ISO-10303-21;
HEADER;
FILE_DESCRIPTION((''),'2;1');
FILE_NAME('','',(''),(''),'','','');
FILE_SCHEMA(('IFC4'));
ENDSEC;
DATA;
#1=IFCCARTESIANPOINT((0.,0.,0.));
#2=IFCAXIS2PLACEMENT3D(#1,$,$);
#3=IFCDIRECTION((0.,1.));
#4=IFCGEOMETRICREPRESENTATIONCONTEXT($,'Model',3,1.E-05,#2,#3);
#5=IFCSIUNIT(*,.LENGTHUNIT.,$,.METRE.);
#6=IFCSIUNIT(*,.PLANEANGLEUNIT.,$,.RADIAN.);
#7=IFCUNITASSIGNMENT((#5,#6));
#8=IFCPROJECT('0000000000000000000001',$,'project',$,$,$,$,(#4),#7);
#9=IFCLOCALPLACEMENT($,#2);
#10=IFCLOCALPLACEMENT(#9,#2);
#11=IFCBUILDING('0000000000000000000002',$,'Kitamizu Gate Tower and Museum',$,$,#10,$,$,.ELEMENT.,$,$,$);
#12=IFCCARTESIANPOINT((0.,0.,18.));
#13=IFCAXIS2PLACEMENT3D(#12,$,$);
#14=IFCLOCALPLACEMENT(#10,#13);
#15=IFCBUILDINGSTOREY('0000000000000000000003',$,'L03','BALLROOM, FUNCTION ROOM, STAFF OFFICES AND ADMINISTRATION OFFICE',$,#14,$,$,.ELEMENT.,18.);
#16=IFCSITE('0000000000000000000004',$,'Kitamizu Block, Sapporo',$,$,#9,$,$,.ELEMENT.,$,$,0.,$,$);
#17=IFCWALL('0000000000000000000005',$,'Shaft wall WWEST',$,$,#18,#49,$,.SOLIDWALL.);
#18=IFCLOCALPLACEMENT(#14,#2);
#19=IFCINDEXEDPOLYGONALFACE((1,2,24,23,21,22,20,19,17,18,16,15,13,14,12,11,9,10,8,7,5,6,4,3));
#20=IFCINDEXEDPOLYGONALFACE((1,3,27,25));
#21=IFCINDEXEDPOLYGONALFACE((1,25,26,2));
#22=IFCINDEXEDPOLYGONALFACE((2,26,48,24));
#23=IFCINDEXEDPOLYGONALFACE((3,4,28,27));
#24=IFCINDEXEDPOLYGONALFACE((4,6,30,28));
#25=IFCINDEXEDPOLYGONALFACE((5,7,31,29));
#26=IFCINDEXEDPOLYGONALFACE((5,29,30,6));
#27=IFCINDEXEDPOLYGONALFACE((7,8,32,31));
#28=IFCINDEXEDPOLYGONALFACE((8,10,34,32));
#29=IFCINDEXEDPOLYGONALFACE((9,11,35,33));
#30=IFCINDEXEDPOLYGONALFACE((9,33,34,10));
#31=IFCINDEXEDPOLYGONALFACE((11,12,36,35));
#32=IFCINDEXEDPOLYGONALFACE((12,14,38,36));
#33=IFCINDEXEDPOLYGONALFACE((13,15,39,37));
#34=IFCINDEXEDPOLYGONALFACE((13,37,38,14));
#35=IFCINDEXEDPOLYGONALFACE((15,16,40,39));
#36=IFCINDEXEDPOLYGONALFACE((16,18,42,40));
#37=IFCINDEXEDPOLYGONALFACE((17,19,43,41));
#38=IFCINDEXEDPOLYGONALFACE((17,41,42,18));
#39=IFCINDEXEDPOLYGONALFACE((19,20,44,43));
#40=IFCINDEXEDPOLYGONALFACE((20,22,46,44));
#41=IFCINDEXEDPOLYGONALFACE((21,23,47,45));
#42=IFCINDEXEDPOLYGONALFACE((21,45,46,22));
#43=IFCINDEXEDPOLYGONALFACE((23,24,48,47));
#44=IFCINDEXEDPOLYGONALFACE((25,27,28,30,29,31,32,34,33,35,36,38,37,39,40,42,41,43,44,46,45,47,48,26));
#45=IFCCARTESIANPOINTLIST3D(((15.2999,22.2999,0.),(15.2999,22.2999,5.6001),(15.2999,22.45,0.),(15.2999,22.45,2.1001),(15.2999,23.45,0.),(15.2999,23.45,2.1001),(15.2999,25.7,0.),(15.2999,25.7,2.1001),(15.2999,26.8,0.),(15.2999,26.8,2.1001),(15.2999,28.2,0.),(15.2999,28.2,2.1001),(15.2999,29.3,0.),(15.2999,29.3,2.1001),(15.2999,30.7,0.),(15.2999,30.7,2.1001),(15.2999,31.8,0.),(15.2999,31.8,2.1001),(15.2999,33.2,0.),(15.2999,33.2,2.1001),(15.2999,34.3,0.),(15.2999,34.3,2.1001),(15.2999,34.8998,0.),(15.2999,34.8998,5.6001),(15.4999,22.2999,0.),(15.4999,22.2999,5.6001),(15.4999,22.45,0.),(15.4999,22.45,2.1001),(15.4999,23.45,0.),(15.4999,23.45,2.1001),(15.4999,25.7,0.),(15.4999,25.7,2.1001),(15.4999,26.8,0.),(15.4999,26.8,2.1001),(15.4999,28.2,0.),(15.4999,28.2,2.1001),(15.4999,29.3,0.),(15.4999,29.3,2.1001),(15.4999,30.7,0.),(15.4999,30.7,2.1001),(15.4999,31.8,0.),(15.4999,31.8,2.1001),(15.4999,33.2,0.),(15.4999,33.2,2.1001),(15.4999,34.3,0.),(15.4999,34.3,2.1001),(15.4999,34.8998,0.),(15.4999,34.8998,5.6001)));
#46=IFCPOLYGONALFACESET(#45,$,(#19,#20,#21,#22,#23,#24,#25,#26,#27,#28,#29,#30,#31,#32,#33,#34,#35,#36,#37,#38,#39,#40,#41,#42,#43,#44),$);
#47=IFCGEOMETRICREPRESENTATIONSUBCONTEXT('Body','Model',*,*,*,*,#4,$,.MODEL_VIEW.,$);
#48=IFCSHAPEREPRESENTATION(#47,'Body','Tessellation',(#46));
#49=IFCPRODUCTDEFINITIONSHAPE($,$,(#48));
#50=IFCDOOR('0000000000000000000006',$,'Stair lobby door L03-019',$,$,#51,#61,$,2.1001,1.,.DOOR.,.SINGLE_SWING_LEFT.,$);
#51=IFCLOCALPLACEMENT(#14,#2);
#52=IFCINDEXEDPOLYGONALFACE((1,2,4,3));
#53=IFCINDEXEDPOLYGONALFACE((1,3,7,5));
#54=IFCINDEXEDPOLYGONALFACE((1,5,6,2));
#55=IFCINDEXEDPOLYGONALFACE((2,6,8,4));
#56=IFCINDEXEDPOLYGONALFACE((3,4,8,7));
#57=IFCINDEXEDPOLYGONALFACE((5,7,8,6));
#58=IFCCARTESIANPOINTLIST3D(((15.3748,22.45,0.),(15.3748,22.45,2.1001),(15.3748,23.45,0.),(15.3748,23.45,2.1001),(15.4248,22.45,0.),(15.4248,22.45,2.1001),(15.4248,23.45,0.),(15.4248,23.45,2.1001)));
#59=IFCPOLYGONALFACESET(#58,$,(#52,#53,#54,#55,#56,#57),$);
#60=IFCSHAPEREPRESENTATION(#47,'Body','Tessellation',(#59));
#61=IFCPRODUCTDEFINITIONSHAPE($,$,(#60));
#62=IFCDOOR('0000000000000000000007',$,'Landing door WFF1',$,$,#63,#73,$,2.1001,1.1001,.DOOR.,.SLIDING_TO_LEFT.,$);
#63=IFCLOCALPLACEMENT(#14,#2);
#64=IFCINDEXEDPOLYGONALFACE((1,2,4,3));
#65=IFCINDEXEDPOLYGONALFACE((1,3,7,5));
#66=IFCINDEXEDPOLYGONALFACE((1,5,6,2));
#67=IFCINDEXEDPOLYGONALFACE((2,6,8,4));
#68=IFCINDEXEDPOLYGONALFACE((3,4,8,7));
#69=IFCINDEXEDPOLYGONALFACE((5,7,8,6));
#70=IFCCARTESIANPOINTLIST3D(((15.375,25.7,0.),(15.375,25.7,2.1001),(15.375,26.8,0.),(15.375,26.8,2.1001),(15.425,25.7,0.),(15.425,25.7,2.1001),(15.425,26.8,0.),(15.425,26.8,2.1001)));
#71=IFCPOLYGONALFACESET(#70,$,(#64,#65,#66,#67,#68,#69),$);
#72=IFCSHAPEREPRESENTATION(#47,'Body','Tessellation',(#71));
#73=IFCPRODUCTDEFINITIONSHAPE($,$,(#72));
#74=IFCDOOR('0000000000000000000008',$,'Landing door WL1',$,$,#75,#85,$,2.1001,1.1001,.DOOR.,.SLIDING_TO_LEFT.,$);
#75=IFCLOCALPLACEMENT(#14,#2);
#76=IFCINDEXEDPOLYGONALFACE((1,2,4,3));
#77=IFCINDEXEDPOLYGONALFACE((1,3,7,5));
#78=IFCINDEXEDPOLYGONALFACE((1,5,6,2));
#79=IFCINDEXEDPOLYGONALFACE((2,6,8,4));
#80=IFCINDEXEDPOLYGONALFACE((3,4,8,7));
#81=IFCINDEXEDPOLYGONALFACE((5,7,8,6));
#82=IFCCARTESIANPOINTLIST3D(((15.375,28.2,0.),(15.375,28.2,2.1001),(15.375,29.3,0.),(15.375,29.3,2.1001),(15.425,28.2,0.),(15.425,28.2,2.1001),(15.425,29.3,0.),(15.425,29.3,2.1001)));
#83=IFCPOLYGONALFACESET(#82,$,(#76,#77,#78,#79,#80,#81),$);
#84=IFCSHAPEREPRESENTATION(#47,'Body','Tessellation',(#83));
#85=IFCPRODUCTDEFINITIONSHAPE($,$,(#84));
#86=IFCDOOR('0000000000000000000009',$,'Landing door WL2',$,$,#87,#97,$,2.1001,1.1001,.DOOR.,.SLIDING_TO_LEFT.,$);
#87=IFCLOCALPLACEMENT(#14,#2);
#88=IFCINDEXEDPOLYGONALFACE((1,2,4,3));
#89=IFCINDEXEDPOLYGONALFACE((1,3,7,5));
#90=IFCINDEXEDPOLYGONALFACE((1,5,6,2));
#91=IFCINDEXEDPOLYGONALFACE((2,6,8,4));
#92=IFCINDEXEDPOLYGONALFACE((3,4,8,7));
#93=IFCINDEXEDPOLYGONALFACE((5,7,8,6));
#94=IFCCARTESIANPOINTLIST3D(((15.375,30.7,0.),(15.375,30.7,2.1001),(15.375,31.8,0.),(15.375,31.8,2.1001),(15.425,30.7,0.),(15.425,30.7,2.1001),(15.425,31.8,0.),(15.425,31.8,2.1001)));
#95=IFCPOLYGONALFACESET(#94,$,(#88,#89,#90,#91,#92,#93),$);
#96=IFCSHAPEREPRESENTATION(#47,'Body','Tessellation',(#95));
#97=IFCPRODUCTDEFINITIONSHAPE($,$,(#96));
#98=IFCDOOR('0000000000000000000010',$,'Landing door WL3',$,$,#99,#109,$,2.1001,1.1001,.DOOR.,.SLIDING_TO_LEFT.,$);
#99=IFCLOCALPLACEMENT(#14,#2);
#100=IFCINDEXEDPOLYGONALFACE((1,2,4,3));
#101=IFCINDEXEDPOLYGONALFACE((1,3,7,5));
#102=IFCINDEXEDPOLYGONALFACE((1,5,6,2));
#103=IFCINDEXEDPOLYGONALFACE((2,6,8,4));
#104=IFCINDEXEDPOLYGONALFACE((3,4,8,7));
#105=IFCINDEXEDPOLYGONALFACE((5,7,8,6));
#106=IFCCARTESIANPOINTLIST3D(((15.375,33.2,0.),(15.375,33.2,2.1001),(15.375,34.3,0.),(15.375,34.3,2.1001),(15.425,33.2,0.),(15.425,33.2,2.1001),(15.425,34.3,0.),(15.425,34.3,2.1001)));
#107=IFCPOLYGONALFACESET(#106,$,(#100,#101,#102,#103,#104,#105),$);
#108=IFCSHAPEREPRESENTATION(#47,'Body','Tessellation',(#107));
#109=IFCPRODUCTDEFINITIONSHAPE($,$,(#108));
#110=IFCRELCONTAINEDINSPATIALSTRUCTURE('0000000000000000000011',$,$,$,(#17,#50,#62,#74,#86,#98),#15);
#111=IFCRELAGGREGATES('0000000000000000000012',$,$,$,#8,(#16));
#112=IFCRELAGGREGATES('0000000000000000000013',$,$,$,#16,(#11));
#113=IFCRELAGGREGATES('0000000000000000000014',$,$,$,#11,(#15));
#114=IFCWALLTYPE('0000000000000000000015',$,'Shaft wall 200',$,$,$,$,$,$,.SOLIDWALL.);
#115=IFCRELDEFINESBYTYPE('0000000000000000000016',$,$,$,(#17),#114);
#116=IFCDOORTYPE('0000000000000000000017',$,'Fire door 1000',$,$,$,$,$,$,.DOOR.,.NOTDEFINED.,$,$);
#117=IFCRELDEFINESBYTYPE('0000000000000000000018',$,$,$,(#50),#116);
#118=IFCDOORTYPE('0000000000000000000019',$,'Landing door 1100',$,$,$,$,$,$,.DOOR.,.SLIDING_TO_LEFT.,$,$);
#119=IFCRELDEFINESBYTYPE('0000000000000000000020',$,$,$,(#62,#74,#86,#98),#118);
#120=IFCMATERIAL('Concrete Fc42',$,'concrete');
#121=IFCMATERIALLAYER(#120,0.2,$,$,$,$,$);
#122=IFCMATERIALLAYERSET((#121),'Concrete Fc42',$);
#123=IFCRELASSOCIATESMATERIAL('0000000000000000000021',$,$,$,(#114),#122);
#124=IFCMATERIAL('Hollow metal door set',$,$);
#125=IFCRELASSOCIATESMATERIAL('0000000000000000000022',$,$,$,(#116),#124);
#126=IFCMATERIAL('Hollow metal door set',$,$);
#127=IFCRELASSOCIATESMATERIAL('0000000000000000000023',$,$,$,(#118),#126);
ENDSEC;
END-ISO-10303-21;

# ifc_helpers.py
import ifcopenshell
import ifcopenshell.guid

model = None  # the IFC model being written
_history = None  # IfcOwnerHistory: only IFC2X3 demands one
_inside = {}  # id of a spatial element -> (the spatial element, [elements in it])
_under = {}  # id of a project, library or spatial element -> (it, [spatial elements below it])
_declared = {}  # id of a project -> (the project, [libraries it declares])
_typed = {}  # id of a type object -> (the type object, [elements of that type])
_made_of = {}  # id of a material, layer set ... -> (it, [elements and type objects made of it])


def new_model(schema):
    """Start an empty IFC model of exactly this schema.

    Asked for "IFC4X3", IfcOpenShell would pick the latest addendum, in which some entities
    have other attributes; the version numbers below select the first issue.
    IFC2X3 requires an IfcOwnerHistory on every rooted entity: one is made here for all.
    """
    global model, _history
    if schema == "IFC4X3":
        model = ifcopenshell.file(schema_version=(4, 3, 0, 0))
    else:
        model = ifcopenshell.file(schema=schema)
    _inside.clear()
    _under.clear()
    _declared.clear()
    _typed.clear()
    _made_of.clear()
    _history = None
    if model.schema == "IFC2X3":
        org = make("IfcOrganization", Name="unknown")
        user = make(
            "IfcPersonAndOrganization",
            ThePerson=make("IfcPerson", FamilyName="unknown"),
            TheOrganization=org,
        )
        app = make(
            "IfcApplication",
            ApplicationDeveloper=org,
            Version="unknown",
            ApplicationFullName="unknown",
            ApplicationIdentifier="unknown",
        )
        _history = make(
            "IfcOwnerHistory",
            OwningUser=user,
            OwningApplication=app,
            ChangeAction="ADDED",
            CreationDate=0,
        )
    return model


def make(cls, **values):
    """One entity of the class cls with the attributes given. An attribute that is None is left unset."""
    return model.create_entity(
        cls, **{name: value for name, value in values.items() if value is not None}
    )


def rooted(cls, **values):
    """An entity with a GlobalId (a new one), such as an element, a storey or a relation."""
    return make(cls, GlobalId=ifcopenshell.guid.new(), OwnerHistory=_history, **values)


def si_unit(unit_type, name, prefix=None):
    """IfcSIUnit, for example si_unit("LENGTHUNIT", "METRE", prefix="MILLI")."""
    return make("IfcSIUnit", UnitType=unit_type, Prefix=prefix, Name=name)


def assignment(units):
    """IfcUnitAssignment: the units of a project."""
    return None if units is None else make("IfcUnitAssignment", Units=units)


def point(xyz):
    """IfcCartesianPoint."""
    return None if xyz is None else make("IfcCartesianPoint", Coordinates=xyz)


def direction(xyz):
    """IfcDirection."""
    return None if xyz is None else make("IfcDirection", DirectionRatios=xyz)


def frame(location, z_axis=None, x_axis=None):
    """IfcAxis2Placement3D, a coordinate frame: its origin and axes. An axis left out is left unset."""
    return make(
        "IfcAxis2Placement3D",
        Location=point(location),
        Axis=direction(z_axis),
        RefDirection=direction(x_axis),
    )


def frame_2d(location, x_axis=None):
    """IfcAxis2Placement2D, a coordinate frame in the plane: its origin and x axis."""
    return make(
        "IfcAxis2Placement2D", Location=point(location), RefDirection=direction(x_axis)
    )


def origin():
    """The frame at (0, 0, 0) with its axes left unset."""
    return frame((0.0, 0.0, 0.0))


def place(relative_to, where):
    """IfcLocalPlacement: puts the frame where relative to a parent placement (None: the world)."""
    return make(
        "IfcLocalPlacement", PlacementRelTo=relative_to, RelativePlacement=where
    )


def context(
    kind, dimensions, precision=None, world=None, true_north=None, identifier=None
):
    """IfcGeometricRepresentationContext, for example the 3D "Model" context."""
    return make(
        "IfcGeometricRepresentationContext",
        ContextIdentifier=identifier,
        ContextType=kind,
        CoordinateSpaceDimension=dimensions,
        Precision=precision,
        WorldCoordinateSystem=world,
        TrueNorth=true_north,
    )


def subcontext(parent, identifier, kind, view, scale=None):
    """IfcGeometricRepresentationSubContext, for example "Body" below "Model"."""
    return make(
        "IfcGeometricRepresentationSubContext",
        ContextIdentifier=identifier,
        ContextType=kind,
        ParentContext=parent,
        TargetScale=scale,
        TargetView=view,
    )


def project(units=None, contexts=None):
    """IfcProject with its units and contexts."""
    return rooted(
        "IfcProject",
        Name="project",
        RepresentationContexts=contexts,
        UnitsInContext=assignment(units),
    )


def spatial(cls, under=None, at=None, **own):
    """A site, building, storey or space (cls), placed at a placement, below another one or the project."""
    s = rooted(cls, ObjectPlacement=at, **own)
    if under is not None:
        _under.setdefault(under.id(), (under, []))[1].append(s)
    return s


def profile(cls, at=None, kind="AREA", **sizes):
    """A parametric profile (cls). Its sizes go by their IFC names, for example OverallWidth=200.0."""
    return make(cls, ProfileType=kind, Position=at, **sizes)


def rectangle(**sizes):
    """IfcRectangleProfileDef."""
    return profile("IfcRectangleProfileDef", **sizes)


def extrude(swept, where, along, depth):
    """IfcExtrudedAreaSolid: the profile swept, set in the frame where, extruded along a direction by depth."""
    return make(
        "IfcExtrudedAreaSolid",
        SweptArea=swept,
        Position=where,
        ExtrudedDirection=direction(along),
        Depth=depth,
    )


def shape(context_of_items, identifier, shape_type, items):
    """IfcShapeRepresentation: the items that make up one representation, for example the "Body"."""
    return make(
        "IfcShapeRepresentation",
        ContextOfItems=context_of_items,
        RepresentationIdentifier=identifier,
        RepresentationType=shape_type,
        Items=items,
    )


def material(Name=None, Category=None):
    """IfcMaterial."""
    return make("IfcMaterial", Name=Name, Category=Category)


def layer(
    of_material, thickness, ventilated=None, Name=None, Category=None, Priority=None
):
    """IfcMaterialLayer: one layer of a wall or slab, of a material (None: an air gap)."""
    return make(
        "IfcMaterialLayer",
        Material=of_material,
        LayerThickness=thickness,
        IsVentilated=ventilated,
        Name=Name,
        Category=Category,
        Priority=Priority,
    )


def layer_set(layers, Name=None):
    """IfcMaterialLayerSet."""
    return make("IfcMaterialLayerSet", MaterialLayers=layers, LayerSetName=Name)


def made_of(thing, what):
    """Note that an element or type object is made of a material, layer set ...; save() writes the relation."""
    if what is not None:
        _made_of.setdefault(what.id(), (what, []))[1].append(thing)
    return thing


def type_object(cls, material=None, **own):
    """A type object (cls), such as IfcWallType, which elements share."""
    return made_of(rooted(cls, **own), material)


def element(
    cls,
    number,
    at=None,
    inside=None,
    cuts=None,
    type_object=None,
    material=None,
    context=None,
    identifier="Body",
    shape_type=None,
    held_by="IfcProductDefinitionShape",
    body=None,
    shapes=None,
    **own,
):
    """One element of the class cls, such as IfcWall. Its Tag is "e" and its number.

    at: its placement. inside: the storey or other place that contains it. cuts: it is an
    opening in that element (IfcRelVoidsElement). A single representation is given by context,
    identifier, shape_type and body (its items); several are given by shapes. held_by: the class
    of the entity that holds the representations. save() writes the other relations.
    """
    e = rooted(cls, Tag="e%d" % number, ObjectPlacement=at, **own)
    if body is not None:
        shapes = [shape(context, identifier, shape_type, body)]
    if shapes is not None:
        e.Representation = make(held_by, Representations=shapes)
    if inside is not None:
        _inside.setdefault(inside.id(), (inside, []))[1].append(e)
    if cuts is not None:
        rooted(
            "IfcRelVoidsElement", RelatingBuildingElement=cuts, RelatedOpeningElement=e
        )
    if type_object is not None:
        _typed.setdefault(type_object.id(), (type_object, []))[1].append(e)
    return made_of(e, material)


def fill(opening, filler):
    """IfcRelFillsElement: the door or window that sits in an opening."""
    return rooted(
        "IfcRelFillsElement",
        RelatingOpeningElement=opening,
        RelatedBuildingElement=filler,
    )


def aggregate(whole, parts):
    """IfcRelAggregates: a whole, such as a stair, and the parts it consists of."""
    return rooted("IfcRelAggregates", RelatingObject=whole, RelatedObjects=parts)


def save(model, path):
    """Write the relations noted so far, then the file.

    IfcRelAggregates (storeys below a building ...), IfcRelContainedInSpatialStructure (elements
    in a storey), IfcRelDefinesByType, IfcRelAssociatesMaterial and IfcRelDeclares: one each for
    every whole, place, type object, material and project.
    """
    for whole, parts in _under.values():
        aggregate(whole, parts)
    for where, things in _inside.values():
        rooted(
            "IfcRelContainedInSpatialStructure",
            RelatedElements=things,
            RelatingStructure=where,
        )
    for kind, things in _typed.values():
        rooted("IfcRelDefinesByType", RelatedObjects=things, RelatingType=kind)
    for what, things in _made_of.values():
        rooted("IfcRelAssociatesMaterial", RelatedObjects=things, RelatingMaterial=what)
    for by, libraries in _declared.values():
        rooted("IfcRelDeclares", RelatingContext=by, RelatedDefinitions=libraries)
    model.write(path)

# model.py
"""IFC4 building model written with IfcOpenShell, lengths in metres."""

from ifc_helpers import new_model, si_unit, direction, frame, frame_2d, origin, place, context, subcontext, project, spatial, rectangle, extrude, material, layer, layer_set, type_object, element, fill, save


model = new_model("IFC4")

# Units and contexts
model_context = context("Model", 3, precision=1e-05, world=origin(), true_north=direction((0.0, 1.0)))
body_context = subcontext(model_context, "Body", "Model", "MODEL_VIEW")
ifc_project = project(units=[si_unit("LENGTHUNIT", "METRE"), si_unit("PLANEANGLEUNIT", "RADIAN")], contexts=[model_context])

# Site, building, storey
site_placement = place(None, origin())
site = spatial("IfcSite", under=ifc_project, at=site_placement, Name="Kitamizu Block, Sapporo", CompositionType="ELEMENT", RefElevation=0.0)
building_placement = place(site_placement, origin())
building = spatial("IfcBuilding", under=site, at=building_placement, Name="Kitamizu Gate Tower and Museum", CompositionType="ELEMENT")
storey_placement = place(building_placement, frame((0.0, 0.0, 18.0)))
storey = spatial("IfcBuildingStorey", under=building, at=storey_placement, Name="L03", Description="BALLROOM, FUNCTION ROOM, STAFF OFFICES AND ADMINISTRATION OFFICE", CompositionType="ELEMENT", Elevation=18.0)

# Wall, openings, doors
ifc_material_1 = material(Name="Concrete Fc42", Category="concrete")
ifc_layer_1 = layer(ifc_material_1, 0.2)
ifc_layer_set_1 = layer_set([ifc_layer_1], Name="Concrete Fc42")
wall_type_1 = type_object("IfcWallType", Name="Shaft wall 200", PredefinedType="SOLIDWALL", material=ifc_layer_set_1)
wall_1_placement = place(storey_placement, frame((15.3999, 22.3, 0.0), z_axis=(0.0, 0.0, 1.0), x_axis=(0.0, 1.0, 0.0)))
wall_1 = element("IfcWall", 1, at=wall_1_placement, inside=storey, type_object=wall_type_1, Name="Shaft wall WWEST", PredefinedType="SOLIDWALL", context=body_context, shape_type="SweptSolid", body=[
    extrude(rectangle(XDim=12.5999, YDim=0.2, at=frame_2d((6.2998, 0.0))), origin(), (0.0, 0.0, 1.0), 5.6001),
])
opening_1_placement = place(wall_1_placement, frame((3.3999, 0.0, 0.0)))
opening_1 = element("IfcOpeningElement", 2, at=opening_1_placement, cuts=wall_1, PredefinedType="OPENING", context=body_context, shape_type="SweptSolid", body=[
    extrude(rectangle(XDim=1.1001, YDim=2.1001, at=frame_2d((0.55, 1.05))), frame((0.0, 0.1099, 0.0), z_axis=(0.0, -1.0, 0.0), x_axis=(1.0, 0.0, 0.0)), (0.0, 0.0, 1.0), 0.22),
])
opening_2_placement = place(wall_1_placement, frame((5.8999, 0.0, 0.0)))
opening_2 = element("IfcOpeningElement", 3, at=opening_2_placement, cuts=wall_1, PredefinedType="OPENING", context=body_context, shape_type="SweptSolid", body=[
    extrude(rectangle(XDim=1.1001, YDim=2.1001, at=frame_2d((0.55, 1.05))), frame((0.0, 0.1099, 0.0), z_axis=(0.0, -1.0, 0.0), x_axis=(1.0, 0.0, 0.0)), (0.0, 0.0, 1.0), 0.22),
])
opening_3_placement = place(wall_1_placement, frame((8.3999, 0.0, 0.0)))
opening_3 = element("IfcOpeningElement", 4, at=opening_3_placement, cuts=wall_1, PredefinedType="OPENING", context=body_context, shape_type="SweptSolid", body=[
    extrude(rectangle(XDim=1.1001, YDim=2.1001, at=frame_2d((0.55, 1.05))), frame((0.0, 0.1099, 0.0), z_axis=(0.0, -1.0, 0.0), x_axis=(1.0, 0.0, 0.0)), (0.0, 0.0, 1.0), 0.22),
])
opening_4_placement = place(wall_1_placement, frame((10.8999, 0.0, 0.0)))
opening_4 = element("IfcOpeningElement", 5, at=opening_4_placement, cuts=wall_1, PredefinedType="OPENING", context=body_context, shape_type="SweptSolid", body=[
    extrude(rectangle(XDim=1.1001, YDim=2.1001, at=frame_2d((0.55, 1.05))), frame((0.0, 0.1099, 0.0), z_axis=(0.0, -1.0, 0.0), x_axis=(1.0, 0.0, 0.0)), (0.0, 0.0, 1.0), 0.22),
])
opening_5_placement = place(wall_1_placement, frame((0.1499, 0.0, 0.0)))
opening_5 = element("IfcOpeningElement", 6, at=opening_5_placement, cuts=wall_1, PredefinedType="OPENING", context=body_context, shape_type="SweptSolid", body=[
    extrude(rectangle(XDim=1.0, YDim=2.1001, at=frame_2d((0.5, 1.05))), frame((0.0, 0.1099, 0.0), z_axis=(0.0, -1.0, 0.0), x_axis=(1.0, 0.0, 0.0)), (0.0, 0.0, 1.0), 0.22),
])
ifc_material_2 = material(Name="Hollow metal door set")
door_type_1 = type_object("IfcDoorType", Name="Fire door 1000", OperationType="NOTDEFINED", PredefinedType="DOOR", material=ifc_material_2)
door_1_placement = place(opening_5_placement, frame((1.0, 0.0, 0.0), x_axis=(-1.0, 0.0, 0.0)))
door_1 = element("IfcDoor", 7, at=door_1_placement, inside=storey, type_object=door_type_1, Name="Stair lobby door L03-019", OperationType="SINGLE_SWING_LEFT", OverallHeight=2.1001, OverallWidth=1.0, PredefinedType="DOOR", context=body_context, shape_type="SweptSolid", body=[
    extrude(rectangle(XDim=1.0, YDim=2.1001, at=frame_2d((0.5, 1.05))), frame((0.0, 0.0249, 0.0), z_axis=(0.0, -1.0, 0.0), x_axis=(1.0, 0.0, 0.0)), (0.0, 0.0, 1.0), 0.05),
])
fill(opening_5, door_1)
ifc_material_3 = material(Name="Hollow metal door set")
door_type_2 = type_object("IfcDoorType", Name="Landing door 1100", OperationType="SLIDING_TO_LEFT", PredefinedType="DOOR", material=ifc_material_3)
door_2_placement = place(opening_1_placement, origin())
door_2 = element("IfcDoor", 8, at=door_2_placement, inside=storey, type_object=door_type_2, Name="Landing door WFF1", OperationType="SLIDING_TO_LEFT", OverallHeight=2.1001, OverallWidth=1.1001, PredefinedType="DOOR", context=body_context, shape_type="SweptSolid", body=[
    extrude(rectangle(XDim=1.1001, YDim=2.1001, at=frame_2d((0.55, 1.05))), frame((0.0, 0.0249, 0.0), z_axis=(0.0, -1.0, 0.0), x_axis=(1.0, 0.0, 0.0)), (0.0, 0.0, 1.0), 0.05),
])
fill(opening_1, door_2)
door_3_placement = place(opening_2_placement, origin())
door_3 = element("IfcDoor", 9, at=door_3_placement, inside=storey, type_object=door_type_2, Name="Landing door WL1", OperationType="SLIDING_TO_LEFT", OverallHeight=2.1001, OverallWidth=1.1001, PredefinedType="DOOR", context=body_context, shape_type="SweptSolid", body=[
    extrude(rectangle(XDim=1.1001, YDim=2.1001, at=frame_2d((0.55, 1.05))), frame((0.0, 0.0249, 0.0), z_axis=(0.0, -1.0, 0.0), x_axis=(1.0, 0.0, 0.0)), (0.0, 0.0, 1.0), 0.05),
])
fill(opening_2, door_3)
door_4_placement = place(opening_3_placement, origin())
door_4 = element("IfcDoor", 10, at=door_4_placement, inside=storey, type_object=door_type_2, Name="Landing door WL2", OperationType="SLIDING_TO_LEFT", OverallHeight=2.1001, OverallWidth=1.1001, PredefinedType="DOOR", context=body_context, shape_type="SweptSolid", body=[
    extrude(rectangle(XDim=1.1001, YDim=2.1001, at=frame_2d((0.55, 1.05))), frame((0.0, 0.0249, 0.0), z_axis=(0.0, -1.0, 0.0), x_axis=(1.0, 0.0, 0.0)), (0.0, 0.0, 1.0), 0.05),
])
fill(opening_3, door_4)
door_5_placement = place(opening_4_placement, origin())
door_5 = element("IfcDoor", 11, at=door_5_placement, inside=storey, type_object=door_type_2, Name="Landing door WL3", OperationType="SLIDING_TO_LEFT", OverallHeight=2.1001, OverallWidth=1.1001, PredefinedType="DOOR", context=body_context, shape_type="SweptSolid", body=[
    extrude(rectangle(XDim=1.1001, YDim=2.1001, at=frame_2d((0.55, 1.05))), frame((0.0, 0.0249, 0.0), z_axis=(0.0, -1.0, 0.0), x_axis=(1.0, 0.0, 0.0)), (0.0, 0.0, 1.0), 0.05),
])
fill(opening_4, door_5)

save(model, "model.ifc")
